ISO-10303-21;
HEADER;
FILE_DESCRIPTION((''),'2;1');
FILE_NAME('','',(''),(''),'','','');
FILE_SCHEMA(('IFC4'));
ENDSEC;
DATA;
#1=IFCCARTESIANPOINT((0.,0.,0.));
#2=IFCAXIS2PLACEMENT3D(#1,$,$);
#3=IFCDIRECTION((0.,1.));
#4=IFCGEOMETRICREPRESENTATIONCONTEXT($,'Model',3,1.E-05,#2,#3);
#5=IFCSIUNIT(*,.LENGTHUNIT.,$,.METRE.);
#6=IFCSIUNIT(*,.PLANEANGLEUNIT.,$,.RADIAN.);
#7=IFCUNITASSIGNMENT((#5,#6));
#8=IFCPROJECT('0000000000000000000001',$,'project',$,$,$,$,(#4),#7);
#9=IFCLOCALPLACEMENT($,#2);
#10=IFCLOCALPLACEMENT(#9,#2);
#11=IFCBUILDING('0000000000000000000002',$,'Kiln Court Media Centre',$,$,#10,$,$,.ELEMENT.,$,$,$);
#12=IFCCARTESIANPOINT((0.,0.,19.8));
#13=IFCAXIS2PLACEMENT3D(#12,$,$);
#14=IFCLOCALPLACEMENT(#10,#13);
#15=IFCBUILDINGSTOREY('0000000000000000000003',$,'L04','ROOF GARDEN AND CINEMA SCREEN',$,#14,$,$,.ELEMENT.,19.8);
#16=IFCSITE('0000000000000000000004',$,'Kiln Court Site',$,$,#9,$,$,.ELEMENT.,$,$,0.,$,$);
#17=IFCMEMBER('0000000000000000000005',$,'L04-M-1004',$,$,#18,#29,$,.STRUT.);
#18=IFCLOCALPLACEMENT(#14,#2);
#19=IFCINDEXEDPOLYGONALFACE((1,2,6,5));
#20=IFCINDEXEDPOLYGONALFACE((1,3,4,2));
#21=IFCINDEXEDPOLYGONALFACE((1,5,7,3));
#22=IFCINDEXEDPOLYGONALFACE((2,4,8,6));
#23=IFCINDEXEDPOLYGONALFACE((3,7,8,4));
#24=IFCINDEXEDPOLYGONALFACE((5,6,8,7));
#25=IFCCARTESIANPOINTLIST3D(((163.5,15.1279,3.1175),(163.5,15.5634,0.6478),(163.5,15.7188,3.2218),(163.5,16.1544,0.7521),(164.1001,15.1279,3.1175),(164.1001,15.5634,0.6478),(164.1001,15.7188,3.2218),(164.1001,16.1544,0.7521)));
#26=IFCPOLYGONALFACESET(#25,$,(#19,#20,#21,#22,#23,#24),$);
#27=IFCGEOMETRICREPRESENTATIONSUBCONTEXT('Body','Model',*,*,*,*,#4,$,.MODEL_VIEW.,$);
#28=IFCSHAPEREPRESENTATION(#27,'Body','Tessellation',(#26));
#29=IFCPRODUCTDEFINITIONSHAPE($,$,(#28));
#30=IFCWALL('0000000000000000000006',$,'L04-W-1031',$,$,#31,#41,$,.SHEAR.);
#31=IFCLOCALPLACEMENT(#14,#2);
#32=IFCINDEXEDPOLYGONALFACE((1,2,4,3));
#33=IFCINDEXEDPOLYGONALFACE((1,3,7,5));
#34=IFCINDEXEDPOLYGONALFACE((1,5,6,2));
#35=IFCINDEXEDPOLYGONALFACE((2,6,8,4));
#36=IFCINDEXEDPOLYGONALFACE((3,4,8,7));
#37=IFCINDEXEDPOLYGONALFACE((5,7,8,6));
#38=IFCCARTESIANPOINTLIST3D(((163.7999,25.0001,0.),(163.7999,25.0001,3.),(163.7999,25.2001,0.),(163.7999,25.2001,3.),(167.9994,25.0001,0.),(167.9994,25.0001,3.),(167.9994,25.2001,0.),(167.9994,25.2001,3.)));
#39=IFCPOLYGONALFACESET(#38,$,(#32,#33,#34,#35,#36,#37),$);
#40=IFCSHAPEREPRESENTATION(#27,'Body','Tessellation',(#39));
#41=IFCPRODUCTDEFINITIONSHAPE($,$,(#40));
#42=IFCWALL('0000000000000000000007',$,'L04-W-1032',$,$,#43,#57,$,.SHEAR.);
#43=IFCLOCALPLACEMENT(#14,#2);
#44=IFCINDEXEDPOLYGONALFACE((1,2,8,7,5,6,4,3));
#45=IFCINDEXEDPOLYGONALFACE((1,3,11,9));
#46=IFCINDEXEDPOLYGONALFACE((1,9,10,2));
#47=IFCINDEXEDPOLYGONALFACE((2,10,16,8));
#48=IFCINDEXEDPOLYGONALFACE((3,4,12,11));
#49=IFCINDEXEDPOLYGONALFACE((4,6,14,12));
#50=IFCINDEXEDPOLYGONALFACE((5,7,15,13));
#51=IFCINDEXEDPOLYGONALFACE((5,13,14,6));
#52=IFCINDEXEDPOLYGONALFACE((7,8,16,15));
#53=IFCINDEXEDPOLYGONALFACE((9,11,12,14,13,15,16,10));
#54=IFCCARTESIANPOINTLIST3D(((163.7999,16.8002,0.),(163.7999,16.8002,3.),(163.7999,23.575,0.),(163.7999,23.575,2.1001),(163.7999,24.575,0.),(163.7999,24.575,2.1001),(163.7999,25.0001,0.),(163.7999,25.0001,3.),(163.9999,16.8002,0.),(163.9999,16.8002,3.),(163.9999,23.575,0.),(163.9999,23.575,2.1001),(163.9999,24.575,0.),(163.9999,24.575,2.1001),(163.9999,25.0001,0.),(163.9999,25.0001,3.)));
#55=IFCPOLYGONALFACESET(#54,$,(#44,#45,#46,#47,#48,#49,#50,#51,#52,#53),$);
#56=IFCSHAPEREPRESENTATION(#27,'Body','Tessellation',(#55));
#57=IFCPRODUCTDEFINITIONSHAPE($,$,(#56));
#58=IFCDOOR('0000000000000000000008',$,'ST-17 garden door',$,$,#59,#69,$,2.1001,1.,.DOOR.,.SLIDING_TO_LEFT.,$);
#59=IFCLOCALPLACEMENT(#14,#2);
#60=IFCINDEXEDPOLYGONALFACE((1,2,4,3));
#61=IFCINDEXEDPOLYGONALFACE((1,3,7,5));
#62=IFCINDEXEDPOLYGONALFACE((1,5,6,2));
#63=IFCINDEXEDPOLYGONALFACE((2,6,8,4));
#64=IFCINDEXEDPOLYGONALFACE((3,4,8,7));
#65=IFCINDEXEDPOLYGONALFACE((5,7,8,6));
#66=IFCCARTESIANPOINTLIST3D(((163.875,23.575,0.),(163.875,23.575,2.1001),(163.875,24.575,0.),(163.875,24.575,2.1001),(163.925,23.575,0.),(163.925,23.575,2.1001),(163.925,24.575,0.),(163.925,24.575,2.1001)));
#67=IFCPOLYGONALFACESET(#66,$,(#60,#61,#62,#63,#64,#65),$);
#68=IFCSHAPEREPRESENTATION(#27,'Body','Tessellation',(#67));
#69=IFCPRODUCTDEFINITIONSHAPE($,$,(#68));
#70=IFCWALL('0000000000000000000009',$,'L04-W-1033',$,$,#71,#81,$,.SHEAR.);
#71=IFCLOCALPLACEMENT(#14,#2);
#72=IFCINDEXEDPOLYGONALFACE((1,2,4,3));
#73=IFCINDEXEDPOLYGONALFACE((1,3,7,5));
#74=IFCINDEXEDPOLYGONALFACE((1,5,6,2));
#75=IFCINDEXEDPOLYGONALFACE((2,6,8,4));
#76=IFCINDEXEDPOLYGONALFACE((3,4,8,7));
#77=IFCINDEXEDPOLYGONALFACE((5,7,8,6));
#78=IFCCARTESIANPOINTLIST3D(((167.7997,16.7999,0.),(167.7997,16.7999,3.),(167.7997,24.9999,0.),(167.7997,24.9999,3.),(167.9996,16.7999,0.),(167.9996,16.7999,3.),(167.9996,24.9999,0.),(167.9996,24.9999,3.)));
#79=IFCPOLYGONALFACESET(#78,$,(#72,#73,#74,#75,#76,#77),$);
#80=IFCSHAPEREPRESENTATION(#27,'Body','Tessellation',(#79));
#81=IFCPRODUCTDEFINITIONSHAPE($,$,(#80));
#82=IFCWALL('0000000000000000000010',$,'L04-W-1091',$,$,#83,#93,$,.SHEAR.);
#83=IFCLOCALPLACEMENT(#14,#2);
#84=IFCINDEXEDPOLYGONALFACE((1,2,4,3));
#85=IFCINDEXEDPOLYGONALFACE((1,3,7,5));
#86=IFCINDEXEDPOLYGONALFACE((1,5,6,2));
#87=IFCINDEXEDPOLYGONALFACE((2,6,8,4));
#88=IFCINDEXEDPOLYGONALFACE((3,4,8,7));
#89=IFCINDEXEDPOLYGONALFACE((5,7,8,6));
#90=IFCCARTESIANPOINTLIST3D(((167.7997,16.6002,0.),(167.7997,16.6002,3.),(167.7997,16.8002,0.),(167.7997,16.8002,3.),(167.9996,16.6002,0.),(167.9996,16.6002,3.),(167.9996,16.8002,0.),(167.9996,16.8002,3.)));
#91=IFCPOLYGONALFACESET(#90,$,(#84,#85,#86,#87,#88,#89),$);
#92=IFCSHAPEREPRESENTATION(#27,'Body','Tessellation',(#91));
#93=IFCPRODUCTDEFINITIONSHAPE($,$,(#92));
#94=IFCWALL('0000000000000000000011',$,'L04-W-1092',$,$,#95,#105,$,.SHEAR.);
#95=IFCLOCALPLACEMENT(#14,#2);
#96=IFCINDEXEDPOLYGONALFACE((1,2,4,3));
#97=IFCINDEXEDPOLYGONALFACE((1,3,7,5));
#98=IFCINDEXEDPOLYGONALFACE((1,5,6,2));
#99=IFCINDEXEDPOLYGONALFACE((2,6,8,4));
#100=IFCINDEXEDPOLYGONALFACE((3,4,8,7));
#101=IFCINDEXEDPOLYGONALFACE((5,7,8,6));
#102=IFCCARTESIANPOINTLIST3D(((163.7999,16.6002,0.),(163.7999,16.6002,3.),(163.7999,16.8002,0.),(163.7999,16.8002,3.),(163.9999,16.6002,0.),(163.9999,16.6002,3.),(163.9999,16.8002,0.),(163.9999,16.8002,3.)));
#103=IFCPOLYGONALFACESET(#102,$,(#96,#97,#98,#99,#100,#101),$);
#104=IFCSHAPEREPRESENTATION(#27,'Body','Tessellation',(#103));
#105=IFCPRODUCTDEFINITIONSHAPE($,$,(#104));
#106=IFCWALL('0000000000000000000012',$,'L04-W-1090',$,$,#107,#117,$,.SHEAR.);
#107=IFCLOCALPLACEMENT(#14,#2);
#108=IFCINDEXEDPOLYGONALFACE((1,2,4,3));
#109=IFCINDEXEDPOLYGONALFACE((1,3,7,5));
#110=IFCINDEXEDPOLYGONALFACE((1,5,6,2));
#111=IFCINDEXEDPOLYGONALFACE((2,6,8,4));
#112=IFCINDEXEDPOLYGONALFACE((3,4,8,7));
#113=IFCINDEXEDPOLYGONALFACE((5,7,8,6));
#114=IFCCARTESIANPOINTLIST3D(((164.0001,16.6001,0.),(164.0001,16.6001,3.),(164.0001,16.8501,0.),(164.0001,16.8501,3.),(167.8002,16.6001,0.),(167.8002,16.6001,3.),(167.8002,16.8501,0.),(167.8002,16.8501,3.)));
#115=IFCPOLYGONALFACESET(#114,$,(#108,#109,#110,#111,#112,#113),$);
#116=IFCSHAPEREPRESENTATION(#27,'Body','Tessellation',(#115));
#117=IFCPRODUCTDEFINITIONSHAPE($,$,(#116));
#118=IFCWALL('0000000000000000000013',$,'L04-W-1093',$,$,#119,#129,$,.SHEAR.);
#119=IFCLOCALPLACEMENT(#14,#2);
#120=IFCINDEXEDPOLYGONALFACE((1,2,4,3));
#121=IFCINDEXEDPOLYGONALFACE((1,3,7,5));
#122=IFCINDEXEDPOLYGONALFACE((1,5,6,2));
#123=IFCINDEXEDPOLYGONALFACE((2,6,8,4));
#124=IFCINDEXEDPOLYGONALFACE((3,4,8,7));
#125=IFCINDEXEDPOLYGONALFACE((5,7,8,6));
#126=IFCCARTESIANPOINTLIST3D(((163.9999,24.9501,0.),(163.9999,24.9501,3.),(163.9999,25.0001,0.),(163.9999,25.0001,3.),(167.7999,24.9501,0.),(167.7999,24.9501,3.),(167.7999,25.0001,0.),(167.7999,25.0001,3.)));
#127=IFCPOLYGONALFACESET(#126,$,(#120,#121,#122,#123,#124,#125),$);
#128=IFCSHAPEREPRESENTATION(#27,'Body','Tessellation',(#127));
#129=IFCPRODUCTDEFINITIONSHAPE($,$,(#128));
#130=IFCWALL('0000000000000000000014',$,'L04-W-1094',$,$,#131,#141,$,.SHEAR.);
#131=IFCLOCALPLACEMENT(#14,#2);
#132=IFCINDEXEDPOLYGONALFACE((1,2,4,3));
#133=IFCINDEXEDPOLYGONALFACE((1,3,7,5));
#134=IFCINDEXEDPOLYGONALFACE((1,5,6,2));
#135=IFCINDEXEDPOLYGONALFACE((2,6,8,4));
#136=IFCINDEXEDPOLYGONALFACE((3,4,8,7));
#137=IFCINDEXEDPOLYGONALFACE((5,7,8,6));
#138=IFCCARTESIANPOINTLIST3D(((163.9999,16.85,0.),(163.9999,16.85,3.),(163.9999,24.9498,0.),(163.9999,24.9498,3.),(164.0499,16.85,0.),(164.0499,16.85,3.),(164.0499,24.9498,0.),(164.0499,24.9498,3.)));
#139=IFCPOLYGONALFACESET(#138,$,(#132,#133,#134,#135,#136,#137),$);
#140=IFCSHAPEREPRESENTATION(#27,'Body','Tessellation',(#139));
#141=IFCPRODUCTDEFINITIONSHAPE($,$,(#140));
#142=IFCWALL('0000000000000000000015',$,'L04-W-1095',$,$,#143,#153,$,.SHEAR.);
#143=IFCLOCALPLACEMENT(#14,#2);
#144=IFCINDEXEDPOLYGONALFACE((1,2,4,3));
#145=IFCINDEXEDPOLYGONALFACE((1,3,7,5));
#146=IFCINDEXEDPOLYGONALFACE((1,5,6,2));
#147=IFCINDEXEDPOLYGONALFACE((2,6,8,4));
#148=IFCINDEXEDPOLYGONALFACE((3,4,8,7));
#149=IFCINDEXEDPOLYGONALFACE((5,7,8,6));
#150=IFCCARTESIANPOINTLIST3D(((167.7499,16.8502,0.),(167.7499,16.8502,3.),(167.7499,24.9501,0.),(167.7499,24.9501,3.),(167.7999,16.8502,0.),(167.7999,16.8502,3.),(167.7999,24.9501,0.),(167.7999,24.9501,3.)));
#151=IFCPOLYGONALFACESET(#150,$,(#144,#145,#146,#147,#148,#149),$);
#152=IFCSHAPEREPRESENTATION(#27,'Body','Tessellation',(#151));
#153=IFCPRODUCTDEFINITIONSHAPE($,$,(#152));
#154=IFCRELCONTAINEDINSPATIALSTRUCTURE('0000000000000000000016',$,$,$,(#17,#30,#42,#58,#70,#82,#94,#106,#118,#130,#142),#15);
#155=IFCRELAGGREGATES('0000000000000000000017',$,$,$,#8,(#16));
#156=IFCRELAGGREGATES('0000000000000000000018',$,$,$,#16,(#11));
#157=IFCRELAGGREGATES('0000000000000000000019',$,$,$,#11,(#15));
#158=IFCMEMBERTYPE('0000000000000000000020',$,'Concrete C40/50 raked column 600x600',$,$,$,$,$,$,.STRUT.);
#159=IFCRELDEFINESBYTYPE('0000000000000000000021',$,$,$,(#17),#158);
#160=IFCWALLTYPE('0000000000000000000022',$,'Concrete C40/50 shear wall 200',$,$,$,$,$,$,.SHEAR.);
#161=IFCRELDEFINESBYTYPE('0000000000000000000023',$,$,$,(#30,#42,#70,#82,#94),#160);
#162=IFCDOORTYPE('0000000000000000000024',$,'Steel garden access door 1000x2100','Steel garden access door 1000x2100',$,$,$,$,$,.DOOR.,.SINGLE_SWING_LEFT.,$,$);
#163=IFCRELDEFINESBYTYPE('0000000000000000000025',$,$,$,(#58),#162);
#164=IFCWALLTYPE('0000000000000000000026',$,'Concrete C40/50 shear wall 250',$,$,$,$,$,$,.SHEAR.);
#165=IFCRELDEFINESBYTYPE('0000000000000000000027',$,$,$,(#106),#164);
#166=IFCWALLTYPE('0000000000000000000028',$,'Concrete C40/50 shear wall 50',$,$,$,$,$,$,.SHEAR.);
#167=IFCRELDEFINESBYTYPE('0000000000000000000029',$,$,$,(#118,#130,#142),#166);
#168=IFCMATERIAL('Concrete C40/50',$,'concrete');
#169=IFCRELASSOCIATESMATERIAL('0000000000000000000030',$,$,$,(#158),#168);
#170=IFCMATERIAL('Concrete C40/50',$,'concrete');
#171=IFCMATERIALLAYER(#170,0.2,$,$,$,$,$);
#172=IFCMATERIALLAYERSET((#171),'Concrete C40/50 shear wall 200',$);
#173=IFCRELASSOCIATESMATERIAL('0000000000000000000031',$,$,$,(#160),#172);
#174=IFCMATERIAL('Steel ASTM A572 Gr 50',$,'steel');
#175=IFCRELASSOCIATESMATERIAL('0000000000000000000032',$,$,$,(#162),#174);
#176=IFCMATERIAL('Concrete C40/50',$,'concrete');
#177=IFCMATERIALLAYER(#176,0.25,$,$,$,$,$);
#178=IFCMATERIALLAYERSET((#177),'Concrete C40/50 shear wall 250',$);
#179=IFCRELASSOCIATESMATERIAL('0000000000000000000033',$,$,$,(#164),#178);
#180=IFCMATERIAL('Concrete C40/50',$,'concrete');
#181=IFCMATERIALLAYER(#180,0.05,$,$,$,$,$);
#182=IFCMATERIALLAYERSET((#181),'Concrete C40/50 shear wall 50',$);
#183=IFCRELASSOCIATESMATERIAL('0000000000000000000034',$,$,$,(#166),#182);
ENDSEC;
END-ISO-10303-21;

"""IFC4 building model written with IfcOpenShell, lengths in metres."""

from ifc_helpers import new_model, si_unit, direction, frame, frame_2d, origin, origin_2d, place, context, subcontext, project, spatial, rectangle, extrude, material, layer, layer_set, material_profile, profile_set, type_object, element, fill, save


model = new_model("IFC4")

# Units and contexts
model_context = context("Model", 3, precision=1e-05, world=origin(), true_north=direction((0.0, 1.0)))
body_context = subcontext(model_context, "Body", "Model", "MODEL_VIEW")
ifc_project = project(units=[si_unit("LENGTHUNIT", "METRE"), si_unit("PLANEANGLEUNIT", "RADIAN")], contexts=[model_context])

# Site, building, storey
site_placement = place(None, origin())
site = spatial("IfcSite", under=ifc_project, at=site_placement, Name="Kiln Court Site", CompositionType="ELEMENT", RefElevation=0.0)
building_placement = place(site_placement, origin())
building = spatial("IfcBuilding", under=site, at=building_placement, Name="Kiln Court Media Centre", CompositionType="ELEMENT")
storey_placement = place(building_placement, frame((0.0, 0.0, 19.8)))
storey = spatial("IfcBuildingStorey", under=building, at=storey_placement, Name="L04", Description="ROOF GARDEN AND CINEMA SCREEN", CompositionType="ELEMENT", Elevation=19.8)

# Member
ifc_material_1 = material(Name="Concrete C40/50", Category="concrete")
ifc_material_profile_1 = material_profile(ifc_material_1, rectangle(XDim=0.6001, YDim=0.6001, at=origin_2d()), Name="RC 600x600")
ifc_profile_set_1 = profile_set([ifc_material_profile_1], Name="Concrete C40/50")
member_type = type_object("IfcMemberType", Name="Concrete C40/50 raked column 600x600", PredefinedType="STRUT", material=ifc_profile_set_1)
for number, where, z_axis, x_axis, name in (
    (1, (163.8, 15.8589, 0.7), (0.0, -0.173674, 0.984803), (1.0, 0.0, 0.0), "L04-M-1004"),
):
    element("IfcMember", number, at=place(storey_placement, frame(where, z_axis=z_axis, x_axis=x_axis)), inside=storey, type_object=member_type, Name=name, PredefinedType="STRUT", context=body_context, shape_type="SweptSolid", body=[
        extrude(rectangle(XDim=0.6001, YDim=0.6001, at=origin_2d()), origin(), (0.0, 0.0, 1.0), 2.5078),
    ])

# Wall
ifc_material_2 = material(Name="Concrete C40/50", Category="concrete")
ifc_layer_1 = layer(ifc_material_2, 0.2)
ifc_layer_set_1 = layer_set([ifc_layer_1], Name="Concrete C40/50 shear wall 200")
wall_type_1 = type_object("IfcWallType", Name="Concrete C40/50 shear wall 200", PredefinedType="SHEAR", material=ifc_layer_set_1)
wall_1_placement = place(storey_placement, frame((163.8, 25.1001, 0.0), z_axis=(0.0, 0.0, 1.0), x_axis=(1.0, 0.0, 0.0)))
element("IfcWall", 2, at=wall_1_placement, inside=storey, type_object=wall_type_1, Name="L04-W-1031", PredefinedType="SHEAR", context=body_context, shape_type="SweptSolid", body=[
    extrude(rectangle(XDim=4.1995, YDim=0.2, at=frame_2d((2.0996, 0.0))), origin(), (0.0, 0.0, 1.0), 3.0),
])

# Wall, opening, door
wall_2_placement = place(storey_placement, frame((163.8999, 16.8, 0.0), z_axis=(0.0, 0.0, 1.0), x_axis=(0.0, 1.0, 0.0)))
wall_2 = element("IfcWall", 3, at=wall_2_placement, inside=storey, type_object=wall_type_1, Name="L04-W-1032", PredefinedType="SHEAR", context=body_context, shape_type="SweptSolid", body=[
    extrude(rectangle(XDim=8.2, YDim=0.2, at=frame_2d((4.1001, 0.0))), origin(), (0.0, 0.0, 1.0), 3.0),
])
opening_placement = place(wall_2_placement, frame((6.7749, 0.0, 0.0)))
opening = element("IfcOpeningElement", 4, at=opening_placement, cuts=wall_2, PredefinedType="OPENING", context=body_context, shape_type="SweptSolid", body=[
    extrude(rectangle(XDim=1.0, YDim=2.1001, at=frame_2d((0.5, 1.05))), frame((0.0, 0.1099, 0.0), z_axis=(0.0, -1.0, 0.0), x_axis=(1.0, 0.0, 0.0)), (0.0, 0.0, 1.0), 0.22),
])
ifc_material_3 = material(Name="Steel ASTM A572 Gr 50", Category="steel")
door_type = type_object("IfcDoorType", Name="Steel garden access door 1000x2100", Description="Steel garden access door 1000x2100", OperationType="SINGLE_SWING_LEFT", PredefinedType="DOOR", material=ifc_material_3)
door_placement = place(opening_placement, origin())
door = element("IfcDoor", 5, at=door_placement, inside=storey, type_object=door_type, Name="ST-17 garden door", OperationType="SLIDING_TO_LEFT", OverallHeight=2.1001, OverallWidth=1.0, PredefinedType="DOOR", context=body_context, shape_type="SweptSolid", body=[
    extrude(rectangle(XDim=1.0, YDim=2.1001, at=frame_2d((0.5, 1.05))), frame((0.0, 0.0249, 0.0), z_axis=(0.0, -1.0, 0.0), x_axis=(1.0, 0.0, 0.0)), (0.0, 0.0, 1.0), 0.05),
])
fill(opening, door)

# Walls
wall_3_placement = place(storey_placement, frame((167.8997, 25.0, 0.0), z_axis=(0.0, 0.0, 1.0), x_axis=(0.0, -1.0, 0.0)))
element("IfcWall", 6, at=wall_3_placement, inside=storey, type_object=wall_type_1, Name="L04-W-1033", PredefinedType="SHEAR", context=body_context, shape_type="SweptSolid", body=[
    extrude(rectangle(XDim=8.2, YDim=0.2, at=frame_2d((4.1001, 0.0))), origin(), (0.0, 0.0, 1.0), 3.0),
])
for number, where, z_axis, x_axis, name in (
    (7, (167.8997, 16.6001, 0.0), (0.0, 0.0, 1.0), (0.0, 1.0, 0.0), "L04-W-1091"),
    (8, (163.8999, 16.6001, 0.0), (0.0, 0.0, 1.0), (0.0, 1.0, 0.0), "L04-W-1092"),
):
    element("IfcWall", number, at=place(storey_placement, frame(where, z_axis=z_axis, x_axis=x_axis)), inside=storey, type_object=wall_type_1, Name=name, PredefinedType="SHEAR", context=body_context, shape_type="SweptSolid", body=[
        extrude(rectangle(XDim=0.2, YDim=0.2, at=frame_2d((0.1001, 0.0))), origin(), (0.0, 0.0, 1.0), 3.0),
    ])
ifc_material_4 = material(Name="Concrete C40/50", Category="concrete")
ifc_layer_2 = layer(ifc_material_4, 0.25)
ifc_layer_set_2 = layer_set([ifc_layer_2], Name="Concrete C40/50 shear wall 250")
wall_type_2 = type_object("IfcWallType", Name="Concrete C40/50 shear wall 250", PredefinedType="SHEAR", material=ifc_layer_set_2)
wall_4_placement = place(storey_placement, frame((167.8, 16.7251, 0.0), z_axis=(0.0, 0.0, 1.0), x_axis=(-1.0, 0.0, 0.0)))
element("IfcWall", 9, at=wall_4_placement, inside=storey, type_object=wall_type_2, Name="L04-W-1090", PredefinedType="SHEAR", context=body_context, shape_type="SweptSolid", body=[
    extrude(rectangle(XDim=3.8, YDim=0.25, at=frame_2d((1.8999, 0.0))), origin(), (0.0, 0.0, 1.0), 3.0),
])
ifc_material_5 = material(Name="Concrete C40/50", Category="concrete")
ifc_layer_3 = layer(ifc_material_5, 0.05)
ifc_layer_set_3 = layer_set([ifc_layer_3], Name="Concrete C40/50 shear wall 50")
wall_type_3 = type_object("IfcWallType", Name="Concrete C40/50 shear wall 50", PredefinedType="SHEAR", material=ifc_layer_set_3)
wall_5_placement = place(storey_placement, frame((164.0, 24.9751, 0.0), z_axis=(0.0, 0.0, 1.0), x_axis=(1.0, 0.0, 0.0)))
element("IfcWall", 10, at=wall_5_placement, inside=storey, type_object=wall_type_3, Name="L04-W-1093", PredefinedType="SHEAR", context=body_context, shape_type="SweptSolid", body=[
    extrude(rectangle(XDim=3.8, YDim=0.05, at=frame_2d((1.8999, 0.0))), origin(), (0.0, 0.0, 1.0), 3.0),
])
for number, where, z_axis, x_axis, name in (
    (11, (164.0249, 16.8501, 0.0), (0.0, 0.0, 1.0), (0.0, 1.0, 0.0), "L04-W-1094"),
    (12, (167.7749, 24.95, 0.0), (0.0, 0.0, 1.0), (0.0, -1.0, 0.0), "L04-W-1095"),
):
    element("IfcWall", number, at=place(storey_placement, frame(where, z_axis=z_axis, x_axis=x_axis)), inside=storey, type_object=wall_type_3, Name=name, PredefinedType="SHEAR", context=body_context, shape_type="SweptSolid", body=[
        extrude(rectangle(XDim=8.0999, YDim=0.05, at=frame_2d((4.0498, 0.0))), origin(), (0.0, 0.0, 1.0), 3.0),
    ])

save(model, "model.ifc")
